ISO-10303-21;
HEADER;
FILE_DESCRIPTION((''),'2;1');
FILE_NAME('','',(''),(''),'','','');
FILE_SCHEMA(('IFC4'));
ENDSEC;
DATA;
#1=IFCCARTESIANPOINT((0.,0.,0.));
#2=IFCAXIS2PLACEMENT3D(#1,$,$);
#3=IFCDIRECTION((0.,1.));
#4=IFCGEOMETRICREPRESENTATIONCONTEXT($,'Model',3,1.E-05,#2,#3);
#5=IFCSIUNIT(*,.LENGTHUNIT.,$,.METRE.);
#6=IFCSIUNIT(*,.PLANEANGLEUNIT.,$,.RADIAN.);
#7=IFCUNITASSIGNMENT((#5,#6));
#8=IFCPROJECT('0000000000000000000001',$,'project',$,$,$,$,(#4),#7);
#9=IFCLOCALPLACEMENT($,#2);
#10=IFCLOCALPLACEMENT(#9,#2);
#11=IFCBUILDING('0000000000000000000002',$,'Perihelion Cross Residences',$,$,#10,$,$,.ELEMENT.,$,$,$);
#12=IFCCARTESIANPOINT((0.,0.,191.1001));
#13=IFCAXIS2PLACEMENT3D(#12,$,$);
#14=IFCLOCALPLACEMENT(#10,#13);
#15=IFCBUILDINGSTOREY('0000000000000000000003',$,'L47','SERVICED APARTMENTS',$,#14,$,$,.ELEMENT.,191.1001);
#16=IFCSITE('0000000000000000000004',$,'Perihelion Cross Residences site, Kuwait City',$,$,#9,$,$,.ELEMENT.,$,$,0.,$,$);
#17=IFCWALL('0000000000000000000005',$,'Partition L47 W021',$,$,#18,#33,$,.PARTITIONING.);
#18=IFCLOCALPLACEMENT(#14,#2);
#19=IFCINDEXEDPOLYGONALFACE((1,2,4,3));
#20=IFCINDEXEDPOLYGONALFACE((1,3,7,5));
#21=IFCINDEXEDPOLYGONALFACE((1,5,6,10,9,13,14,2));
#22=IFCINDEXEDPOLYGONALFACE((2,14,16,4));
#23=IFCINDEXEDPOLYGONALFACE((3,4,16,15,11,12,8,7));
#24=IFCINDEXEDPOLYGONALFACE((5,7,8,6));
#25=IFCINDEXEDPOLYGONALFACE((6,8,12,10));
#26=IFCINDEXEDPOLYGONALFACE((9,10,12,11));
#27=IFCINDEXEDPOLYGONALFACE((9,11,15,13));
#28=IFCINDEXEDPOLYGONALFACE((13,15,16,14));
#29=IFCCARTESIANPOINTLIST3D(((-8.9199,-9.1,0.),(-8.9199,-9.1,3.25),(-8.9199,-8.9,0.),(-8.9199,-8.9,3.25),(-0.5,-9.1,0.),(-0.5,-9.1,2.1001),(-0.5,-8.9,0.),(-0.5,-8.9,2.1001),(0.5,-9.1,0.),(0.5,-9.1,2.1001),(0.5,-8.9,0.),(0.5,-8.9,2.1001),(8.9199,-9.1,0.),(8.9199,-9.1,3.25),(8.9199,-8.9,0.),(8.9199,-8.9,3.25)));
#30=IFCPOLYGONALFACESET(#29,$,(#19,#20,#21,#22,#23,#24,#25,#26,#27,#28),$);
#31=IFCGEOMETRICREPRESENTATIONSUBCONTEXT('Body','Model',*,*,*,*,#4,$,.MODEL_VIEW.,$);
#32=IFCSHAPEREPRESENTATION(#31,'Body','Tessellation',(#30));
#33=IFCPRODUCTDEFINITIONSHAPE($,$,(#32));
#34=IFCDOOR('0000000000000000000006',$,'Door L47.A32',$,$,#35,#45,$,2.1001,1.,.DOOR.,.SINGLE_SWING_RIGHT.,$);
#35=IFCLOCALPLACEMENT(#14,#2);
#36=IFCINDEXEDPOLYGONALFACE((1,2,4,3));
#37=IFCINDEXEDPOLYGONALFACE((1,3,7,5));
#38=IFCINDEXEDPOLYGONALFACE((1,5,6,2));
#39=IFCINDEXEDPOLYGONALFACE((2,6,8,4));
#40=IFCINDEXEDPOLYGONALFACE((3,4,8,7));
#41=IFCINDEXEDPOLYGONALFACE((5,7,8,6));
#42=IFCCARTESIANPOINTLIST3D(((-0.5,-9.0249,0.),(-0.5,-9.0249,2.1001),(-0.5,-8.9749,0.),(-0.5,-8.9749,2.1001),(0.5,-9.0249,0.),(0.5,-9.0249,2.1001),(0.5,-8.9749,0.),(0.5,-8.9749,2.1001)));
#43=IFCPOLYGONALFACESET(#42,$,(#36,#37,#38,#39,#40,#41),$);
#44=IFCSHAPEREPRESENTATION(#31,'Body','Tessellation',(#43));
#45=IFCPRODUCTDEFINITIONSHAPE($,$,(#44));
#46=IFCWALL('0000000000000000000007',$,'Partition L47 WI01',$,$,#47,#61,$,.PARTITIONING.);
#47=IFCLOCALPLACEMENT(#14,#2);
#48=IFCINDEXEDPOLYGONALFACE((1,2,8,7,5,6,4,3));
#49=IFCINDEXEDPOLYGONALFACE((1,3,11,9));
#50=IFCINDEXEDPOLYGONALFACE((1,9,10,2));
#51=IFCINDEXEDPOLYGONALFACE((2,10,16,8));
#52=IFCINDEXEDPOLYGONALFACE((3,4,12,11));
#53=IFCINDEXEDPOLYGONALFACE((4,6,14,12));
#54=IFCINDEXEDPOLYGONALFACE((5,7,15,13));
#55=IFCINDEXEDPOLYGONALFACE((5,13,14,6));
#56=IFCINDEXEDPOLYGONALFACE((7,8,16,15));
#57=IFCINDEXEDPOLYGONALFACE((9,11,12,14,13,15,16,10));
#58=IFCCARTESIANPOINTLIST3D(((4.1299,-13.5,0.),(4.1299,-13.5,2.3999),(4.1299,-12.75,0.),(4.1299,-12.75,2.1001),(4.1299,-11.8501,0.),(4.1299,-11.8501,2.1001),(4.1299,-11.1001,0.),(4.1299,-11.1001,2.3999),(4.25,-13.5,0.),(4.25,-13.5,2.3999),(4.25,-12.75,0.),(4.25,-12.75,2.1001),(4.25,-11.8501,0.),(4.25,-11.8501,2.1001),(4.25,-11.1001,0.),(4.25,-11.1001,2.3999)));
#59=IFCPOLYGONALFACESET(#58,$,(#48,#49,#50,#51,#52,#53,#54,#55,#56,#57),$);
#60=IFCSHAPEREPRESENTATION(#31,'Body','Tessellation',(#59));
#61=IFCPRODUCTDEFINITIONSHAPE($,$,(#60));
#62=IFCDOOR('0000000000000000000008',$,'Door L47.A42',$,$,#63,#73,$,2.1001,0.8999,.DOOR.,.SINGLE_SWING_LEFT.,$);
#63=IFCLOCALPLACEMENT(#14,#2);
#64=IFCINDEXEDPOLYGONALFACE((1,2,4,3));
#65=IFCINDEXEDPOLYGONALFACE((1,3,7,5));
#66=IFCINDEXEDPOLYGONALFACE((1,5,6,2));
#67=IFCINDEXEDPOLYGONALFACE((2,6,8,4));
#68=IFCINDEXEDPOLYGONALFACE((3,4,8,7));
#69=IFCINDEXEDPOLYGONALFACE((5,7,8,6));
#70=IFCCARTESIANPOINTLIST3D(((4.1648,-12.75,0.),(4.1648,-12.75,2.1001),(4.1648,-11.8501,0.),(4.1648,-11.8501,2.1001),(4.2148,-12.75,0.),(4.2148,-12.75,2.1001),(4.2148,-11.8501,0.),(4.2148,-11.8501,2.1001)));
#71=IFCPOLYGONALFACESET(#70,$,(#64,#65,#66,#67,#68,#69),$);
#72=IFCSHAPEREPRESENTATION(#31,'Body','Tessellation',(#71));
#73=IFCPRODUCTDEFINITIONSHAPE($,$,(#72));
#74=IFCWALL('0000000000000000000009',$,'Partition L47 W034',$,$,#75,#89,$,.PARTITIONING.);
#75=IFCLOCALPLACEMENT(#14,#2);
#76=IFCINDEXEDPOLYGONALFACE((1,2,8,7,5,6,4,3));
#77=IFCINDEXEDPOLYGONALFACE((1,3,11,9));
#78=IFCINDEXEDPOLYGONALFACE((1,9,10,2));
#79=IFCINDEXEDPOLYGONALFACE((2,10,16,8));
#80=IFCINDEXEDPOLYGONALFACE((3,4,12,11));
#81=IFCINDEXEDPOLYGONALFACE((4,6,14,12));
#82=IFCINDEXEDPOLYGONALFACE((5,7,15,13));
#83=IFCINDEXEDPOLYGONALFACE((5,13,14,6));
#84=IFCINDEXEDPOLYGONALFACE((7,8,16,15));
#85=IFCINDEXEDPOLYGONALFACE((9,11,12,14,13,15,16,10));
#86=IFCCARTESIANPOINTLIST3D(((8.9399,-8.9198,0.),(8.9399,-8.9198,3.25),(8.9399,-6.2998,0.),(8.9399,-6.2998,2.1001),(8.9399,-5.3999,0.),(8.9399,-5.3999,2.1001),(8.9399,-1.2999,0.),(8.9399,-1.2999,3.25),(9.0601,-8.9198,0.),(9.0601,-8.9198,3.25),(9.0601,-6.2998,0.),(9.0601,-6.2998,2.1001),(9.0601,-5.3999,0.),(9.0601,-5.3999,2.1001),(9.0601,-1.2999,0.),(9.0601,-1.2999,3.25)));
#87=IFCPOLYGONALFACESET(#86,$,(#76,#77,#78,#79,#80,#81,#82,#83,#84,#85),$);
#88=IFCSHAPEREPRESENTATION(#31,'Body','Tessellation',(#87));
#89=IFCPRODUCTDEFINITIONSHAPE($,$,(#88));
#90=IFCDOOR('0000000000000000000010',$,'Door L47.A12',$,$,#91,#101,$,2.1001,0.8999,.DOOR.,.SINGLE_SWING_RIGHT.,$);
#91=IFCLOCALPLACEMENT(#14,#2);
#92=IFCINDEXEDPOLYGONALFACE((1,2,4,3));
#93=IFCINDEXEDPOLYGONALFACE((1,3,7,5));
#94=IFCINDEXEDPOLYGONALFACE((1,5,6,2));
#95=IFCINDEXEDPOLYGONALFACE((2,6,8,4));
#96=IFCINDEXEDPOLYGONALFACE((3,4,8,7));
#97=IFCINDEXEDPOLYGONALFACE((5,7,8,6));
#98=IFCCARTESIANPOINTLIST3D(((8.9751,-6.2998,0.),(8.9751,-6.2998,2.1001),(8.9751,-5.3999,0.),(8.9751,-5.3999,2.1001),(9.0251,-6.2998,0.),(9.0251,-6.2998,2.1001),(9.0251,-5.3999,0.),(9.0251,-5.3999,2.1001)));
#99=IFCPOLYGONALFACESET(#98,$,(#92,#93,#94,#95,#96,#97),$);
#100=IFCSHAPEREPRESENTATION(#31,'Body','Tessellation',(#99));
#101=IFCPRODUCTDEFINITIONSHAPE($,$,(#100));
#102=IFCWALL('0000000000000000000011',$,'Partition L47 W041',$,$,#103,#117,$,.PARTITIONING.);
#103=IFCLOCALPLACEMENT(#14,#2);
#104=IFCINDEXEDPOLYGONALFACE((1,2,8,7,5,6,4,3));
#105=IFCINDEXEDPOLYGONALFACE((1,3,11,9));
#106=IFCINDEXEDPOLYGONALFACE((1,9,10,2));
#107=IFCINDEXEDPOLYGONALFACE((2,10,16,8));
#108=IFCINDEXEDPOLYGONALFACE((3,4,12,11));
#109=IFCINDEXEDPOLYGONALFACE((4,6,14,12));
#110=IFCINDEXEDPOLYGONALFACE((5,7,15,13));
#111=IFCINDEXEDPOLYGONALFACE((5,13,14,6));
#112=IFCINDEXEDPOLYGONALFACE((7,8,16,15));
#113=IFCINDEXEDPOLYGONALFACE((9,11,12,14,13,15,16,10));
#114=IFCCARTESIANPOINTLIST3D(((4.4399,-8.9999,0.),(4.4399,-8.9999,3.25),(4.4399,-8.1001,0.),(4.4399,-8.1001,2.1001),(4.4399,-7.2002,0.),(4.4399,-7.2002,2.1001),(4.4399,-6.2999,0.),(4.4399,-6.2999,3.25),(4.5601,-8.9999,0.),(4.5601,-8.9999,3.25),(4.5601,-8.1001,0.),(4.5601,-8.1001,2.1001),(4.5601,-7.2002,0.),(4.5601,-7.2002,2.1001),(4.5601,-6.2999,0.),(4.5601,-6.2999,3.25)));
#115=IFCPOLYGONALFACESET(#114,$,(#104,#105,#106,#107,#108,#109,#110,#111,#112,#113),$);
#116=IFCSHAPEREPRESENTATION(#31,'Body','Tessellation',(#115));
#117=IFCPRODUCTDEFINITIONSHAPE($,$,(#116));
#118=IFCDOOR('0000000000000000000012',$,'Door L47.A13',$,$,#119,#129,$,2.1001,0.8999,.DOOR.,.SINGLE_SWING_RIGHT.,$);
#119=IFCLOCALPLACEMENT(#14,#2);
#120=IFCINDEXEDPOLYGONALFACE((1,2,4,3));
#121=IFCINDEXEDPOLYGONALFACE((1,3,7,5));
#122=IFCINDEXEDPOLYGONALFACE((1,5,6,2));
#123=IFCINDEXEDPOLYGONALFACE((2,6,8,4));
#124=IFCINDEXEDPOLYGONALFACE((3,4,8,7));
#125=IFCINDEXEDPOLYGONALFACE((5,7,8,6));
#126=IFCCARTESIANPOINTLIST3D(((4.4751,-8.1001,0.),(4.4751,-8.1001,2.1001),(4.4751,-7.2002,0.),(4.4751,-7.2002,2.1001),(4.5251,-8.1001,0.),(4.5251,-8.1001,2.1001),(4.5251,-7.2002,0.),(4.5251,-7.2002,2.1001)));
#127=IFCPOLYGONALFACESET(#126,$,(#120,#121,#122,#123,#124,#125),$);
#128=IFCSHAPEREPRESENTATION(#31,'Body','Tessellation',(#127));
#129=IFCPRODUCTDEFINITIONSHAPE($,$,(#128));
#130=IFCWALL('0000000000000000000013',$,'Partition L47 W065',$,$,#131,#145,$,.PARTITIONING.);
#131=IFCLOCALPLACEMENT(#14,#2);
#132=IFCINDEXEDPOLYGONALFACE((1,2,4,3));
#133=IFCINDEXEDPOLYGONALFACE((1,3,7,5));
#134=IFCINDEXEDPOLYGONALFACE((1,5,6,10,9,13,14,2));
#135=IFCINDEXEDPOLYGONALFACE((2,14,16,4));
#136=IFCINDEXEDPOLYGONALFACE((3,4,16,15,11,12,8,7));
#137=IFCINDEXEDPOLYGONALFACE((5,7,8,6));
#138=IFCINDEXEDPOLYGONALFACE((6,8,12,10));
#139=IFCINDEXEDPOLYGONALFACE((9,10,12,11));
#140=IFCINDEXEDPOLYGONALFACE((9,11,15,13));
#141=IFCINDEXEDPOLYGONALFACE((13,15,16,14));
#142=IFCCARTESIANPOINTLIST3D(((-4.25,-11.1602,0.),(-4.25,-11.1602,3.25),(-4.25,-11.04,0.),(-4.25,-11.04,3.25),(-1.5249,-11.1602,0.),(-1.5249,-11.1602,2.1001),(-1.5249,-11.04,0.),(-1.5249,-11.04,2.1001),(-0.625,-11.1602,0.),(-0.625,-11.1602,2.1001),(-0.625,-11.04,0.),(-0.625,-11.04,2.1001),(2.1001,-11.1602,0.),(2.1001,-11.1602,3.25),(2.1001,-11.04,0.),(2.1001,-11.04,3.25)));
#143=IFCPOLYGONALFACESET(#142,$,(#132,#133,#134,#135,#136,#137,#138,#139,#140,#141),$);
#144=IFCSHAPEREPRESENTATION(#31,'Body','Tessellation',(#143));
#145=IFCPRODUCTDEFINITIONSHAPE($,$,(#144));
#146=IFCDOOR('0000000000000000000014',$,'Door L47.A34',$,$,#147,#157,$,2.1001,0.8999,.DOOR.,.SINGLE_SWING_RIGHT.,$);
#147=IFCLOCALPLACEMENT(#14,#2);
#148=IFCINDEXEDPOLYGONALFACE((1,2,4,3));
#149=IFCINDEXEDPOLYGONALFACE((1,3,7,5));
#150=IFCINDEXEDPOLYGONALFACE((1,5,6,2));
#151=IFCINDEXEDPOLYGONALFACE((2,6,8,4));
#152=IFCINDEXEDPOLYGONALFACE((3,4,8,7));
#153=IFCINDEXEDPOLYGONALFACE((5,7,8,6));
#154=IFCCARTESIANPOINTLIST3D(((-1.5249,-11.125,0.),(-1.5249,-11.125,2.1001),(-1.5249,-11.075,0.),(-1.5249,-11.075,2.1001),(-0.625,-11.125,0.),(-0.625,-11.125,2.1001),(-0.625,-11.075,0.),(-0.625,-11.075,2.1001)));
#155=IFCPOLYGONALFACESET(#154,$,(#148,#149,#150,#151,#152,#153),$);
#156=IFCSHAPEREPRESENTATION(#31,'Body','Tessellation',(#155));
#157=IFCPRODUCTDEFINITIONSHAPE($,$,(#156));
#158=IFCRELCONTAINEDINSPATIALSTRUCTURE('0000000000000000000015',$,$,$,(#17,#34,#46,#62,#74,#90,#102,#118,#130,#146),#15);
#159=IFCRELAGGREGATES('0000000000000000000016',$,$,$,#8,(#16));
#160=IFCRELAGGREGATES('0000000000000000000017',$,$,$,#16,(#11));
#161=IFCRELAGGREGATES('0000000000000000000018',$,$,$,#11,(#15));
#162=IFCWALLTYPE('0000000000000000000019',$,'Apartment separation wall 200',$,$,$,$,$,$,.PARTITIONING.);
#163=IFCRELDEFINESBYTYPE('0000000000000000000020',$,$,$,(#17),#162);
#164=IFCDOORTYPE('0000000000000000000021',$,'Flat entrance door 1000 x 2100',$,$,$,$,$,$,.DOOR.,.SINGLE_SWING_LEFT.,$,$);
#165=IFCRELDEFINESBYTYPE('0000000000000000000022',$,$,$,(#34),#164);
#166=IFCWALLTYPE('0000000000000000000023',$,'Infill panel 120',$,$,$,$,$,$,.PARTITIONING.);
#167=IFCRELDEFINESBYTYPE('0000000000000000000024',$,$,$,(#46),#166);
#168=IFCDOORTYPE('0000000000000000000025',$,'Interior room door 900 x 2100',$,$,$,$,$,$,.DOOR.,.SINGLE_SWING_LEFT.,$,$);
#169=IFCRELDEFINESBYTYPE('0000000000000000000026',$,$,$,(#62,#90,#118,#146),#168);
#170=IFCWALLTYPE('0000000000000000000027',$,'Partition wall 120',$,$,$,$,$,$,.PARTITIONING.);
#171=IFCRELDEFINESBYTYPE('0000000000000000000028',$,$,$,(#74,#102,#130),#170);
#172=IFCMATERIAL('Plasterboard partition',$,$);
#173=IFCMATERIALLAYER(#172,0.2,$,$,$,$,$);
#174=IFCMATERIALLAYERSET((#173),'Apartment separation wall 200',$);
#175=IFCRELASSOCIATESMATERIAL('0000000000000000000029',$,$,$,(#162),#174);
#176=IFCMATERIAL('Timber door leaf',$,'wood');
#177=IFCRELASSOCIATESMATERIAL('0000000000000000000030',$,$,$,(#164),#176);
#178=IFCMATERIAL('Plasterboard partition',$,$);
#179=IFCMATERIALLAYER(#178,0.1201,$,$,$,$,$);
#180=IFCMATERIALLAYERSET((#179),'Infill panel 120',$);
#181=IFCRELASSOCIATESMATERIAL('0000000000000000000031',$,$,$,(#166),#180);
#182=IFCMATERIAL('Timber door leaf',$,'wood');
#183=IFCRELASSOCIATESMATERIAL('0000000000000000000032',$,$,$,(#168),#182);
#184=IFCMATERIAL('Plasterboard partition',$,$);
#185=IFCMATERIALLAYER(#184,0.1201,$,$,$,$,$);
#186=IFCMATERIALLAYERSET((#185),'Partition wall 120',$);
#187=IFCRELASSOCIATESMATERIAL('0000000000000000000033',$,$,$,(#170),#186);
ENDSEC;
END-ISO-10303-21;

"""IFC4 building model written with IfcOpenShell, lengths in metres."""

from ifc_helpers import new_model, si_unit, direction, frame, frame_2d, origin, place, context, subcontext, project, spatial, rectangle, extrude, material, layer, layer_set, type_object, element, fill, save


model = new_model("IFC4")

# Units and contexts
model_context = context("Model", 3, precision=1e-05, world=origin(), true_north=direction((0.0, 1.0)))
body_context = subcontext(model_context, "Body", "Model", "MODEL_VIEW")
ifc_project = project(units=[si_unit("LENGTHUNIT", "METRE"), si_unit("PLANEANGLEUNIT", "RADIAN")], contexts=[model_context])

# Site, building, storey
site_placement = place(None, origin())
site = spatial("IfcSite", under=ifc_project, at=site_placement, Name="Perihelion Cross Residences site, Kuwait City", CompositionType="ELEMENT", RefElevation=0.0)
building_placement = place(site_placement, origin())
building = spatial("IfcBuilding", under=site, at=building_placement, Name="Perihelion Cross Residences", CompositionType="ELEMENT")
storey_placement = place(building_placement, frame((0.0, 0.0, 191.1001)))
storey = spatial("IfcBuildingStorey", under=building, at=storey_placement, Name="L47", Description="SERVICED APARTMENTS", CompositionType="ELEMENT", Elevation=191.1001)

# Shared definitions
ifc_material_1 = material(Name="Plasterboard partition")
ifc_layer_1 = layer(ifc_material_1, 0.2)
ifc_layer_set_1 = layer_set([ifc_layer_1], Name="Apartment separation wall 200")
wall_type_1 = type_object("IfcWallType", Name="Apartment separation wall 200", PredefinedType="PARTITIONING", material=ifc_layer_set_1)

# Walls, openings, doors
wall_1_placement = place(storey_placement, frame((8.9199, -9.0, 0.0), z_axis=(0.0, 0.0, 1.0), x_axis=(-1.0, 0.0, 0.0)))
wall_1 = element("IfcWall", 1, at=wall_1_placement, inside=storey, type_object=wall_type_1, Name="Partition L47 W021", PredefinedType="PARTITIONING", context=body_context, shape_type="SweptSolid", body=[
    extrude(rectangle(XDim=17.8398, YDim=0.2, at=frame_2d((8.9199, 0.0))), origin(), (0.0, 0.0, 1.0), 3.25),
])
opening_1_placement = place(wall_1_placement, frame((8.4199, 0.0, 0.0)))
opening_1 = element("IfcOpeningElement", 2, at=opening_1_placement, cuts=wall_1, PredefinedType="OPENING", context=body_context, shape_type="SweptSolid", body=[
    extrude(rectangle(XDim=1.0, YDim=2.1001, at=frame_2d((0.5, 1.05))), frame((0.0, 0.1099, 0.0), z_axis=(0.0, -1.0, 0.0), x_axis=(1.0, 0.0, 0.0)), (0.0, 0.0, 1.0), 0.22),
])
ifc_material_2 = material(Name="Timber door leaf", Category="wood")
door_type_1 = type_object("IfcDoorType", Name="Flat entrance door 1000 x 2100", OperationType="SINGLE_SWING_LEFT", PredefinedType="DOOR", material=ifc_material_2)
door_1_placement = place(opening_1_placement, origin())
door_1 = element("IfcDoor", 3, at=door_1_placement, inside=storey, type_object=door_type_1, Name="Door L47.A32", OperationType="SINGLE_SWING_RIGHT", OverallHeight=2.1001, OverallWidth=1.0, PredefinedType="DOOR", context=body_context, shape_type="SweptSolid", body=[
    extrude(rectangle(XDim=1.0, YDim=2.1001, at=frame_2d((0.5, 1.05))), frame((0.0, 0.0249, 0.0), z_axis=(0.0, -1.0, 0.0), x_axis=(1.0, 0.0, 0.0)), (0.0, 0.0, 1.0), 0.05),
])
fill(opening_1, door_1)
ifc_material_3 = material(Name="Plasterboard partition")
ifc_layer_2 = layer(ifc_material_3, 0.1201)
ifc_layer_set_2 = layer_set([ifc_layer_2], Name="Infill panel 120")
wall_type_2 = type_object("IfcWallType", Name="Infill panel 120", PredefinedType="PARTITIONING", material=ifc_layer_set_2)
wall_2_placement = place(storey_placement, frame((4.1899, -11.1001, 0.0), z_axis=(0.0, 0.0, 1.0), x_axis=(0.0, -1.0, 0.0)))
wall_2 = element("IfcWall", 4, at=wall_2_placement, inside=storey, type_object=wall_type_2, Name="Partition L47 WI01", PredefinedType="PARTITIONING", context=body_context, shape_type="SweptSolid", body=[
    extrude(rectangle(XDim=2.3999, YDim=0.1201, at=frame_2d((1.2, 0.0))), origin(), (0.0, 0.0, 1.0), 2.3999),
])
opening_2_placement = place(wall_2_placement, frame((0.75, 0.0, 0.0)))
opening_2 = element("IfcOpeningElement", 5, at=opening_2_placement, cuts=wall_2, PredefinedType="OPENING", context=body_context, shape_type="SweptSolid", body=[
    extrude(rectangle(XDim=0.8999, YDim=2.1001, at=frame_2d((0.45, 1.05))), frame((0.0, 0.0701, 0.0), z_axis=(0.0, -1.0, 0.0), x_axis=(1.0, 0.0, 0.0)), (0.0, 0.0, 1.0), 0.1401),
])
ifc_material_4 = material(Name="Timber door leaf", Category="wood")
door_type_2 = type_object("IfcDoorType", Name="Interior room door 900 x 2100", OperationType="SINGLE_SWING_LEFT", PredefinedType="DOOR", material=ifc_material_4)
door_2_placement = place(opening_2_placement, origin())
door_2 = element("IfcDoor", 6, at=door_2_placement, inside=storey, type_object=door_type_2, Name="Door L47.A42", OperationType="SINGLE_SWING_LEFT", OverallHeight=2.1001, OverallWidth=0.8999, PredefinedType="DOOR", context=body_context, shape_type="SweptSolid", body=[
    extrude(rectangle(XDim=0.8999, YDim=2.1001, at=frame_2d((0.45, 1.05))), frame((0.0, 0.0249, 0.0), z_axis=(0.0, -1.0, 0.0), x_axis=(1.0, 0.0, 0.0)), (0.0, 0.0, 1.0), 0.05),
])
fill(opening_2, door_2)
ifc_material_5 = material(Name="Plasterboard partition")
ifc_layer_3 = layer(ifc_material_5, 0.1201)
ifc_layer_set_3 = layer_set([ifc_layer_3], Name="Partition wall 120")
wall_type_3 = type_object("IfcWallType", Name="Partition wall 120", PredefinedType="PARTITIONING", material=ifc_layer_set_3)
wall_3_placement = place(storey_placement, frame((9.0, -8.9199, 0.0), z_axis=(0.0, 0.0, 1.0), x_axis=(0.0, 1.0, 0.0)))
wall_3 = element("IfcWall", 7, at=wall_3_placement, inside=storey, type_object=wall_type_3, Name="Partition L47 W034", PredefinedType="PARTITIONING", context=body_context, shape_type="SweptSolid", body=[
    extrude(rectangle(XDim=7.6199, YDim=0.1201, at=frame_2d((3.8101, 0.0))), origin(), (0.0, 0.0, 1.0), 3.25),
])
opening_3_placement = place(wall_3_placement, frame((2.6201, 0.0, 0.0)))
opening_3 = element("IfcOpeningElement", 8, at=opening_3_placement, cuts=wall_3, PredefinedType="OPENING", context=body_context, shape_type="SweptSolid", body=[
    extrude(rectangle(XDim=0.8999, YDim=2.1001, at=frame_2d((0.45, 1.05))), frame((0.0, 0.0701, 0.0), z_axis=(0.0, -1.0, 0.0), x_axis=(1.0, 0.0, 0.0)), (0.0, 0.0, 1.0), 0.1401),
])
door_3_placement = place(opening_3_placement, origin())
door_3 = element("IfcDoor", 9, at=door_3_placement, inside=storey, type_object=door_type_2, Name="Door L47.A12", OperationType="SINGLE_SWING_RIGHT", OverallHeight=2.1001, OverallWidth=0.8999, PredefinedType="DOOR", context=body_context, shape_type="SweptSolid", body=[
    extrude(rectangle(XDim=0.8999, YDim=2.1001, at=frame_2d((0.45, 1.05))), frame((0.0, 0.0249, 0.0), z_axis=(0.0, -1.0, 0.0), x_axis=(1.0, 0.0, 0.0)), (0.0, 0.0, 1.0), 0.05),
])
fill(opening_3, door_3)
wall_4_placement = place(storey_placement, frame((4.5, -9.0, 0.0), z_axis=(0.0, 0.0, 1.0), x_axis=(0.0, 1.0, 0.0)))
wall_4 = element("IfcWall", 10, at=wall_4_placement, inside=storey, type_object=wall_type_3, Name="Partition L47 W041", PredefinedType="PARTITIONING", context=body_context, shape_type="SweptSolid", body=[
    extrude(rectangle(XDim=2.7, YDim=0.1201, at=frame_2d((1.3501, 0.0))), origin(), (0.0, 0.0, 1.0), 3.25),
])
opening_4_placement = place(wall_4_placement, frame((0.8999, 0.0, 0.0)))
opening_4 = element("IfcOpeningElement", 11, at=opening_4_placement, cuts=wall_4, PredefinedType="OPENING", context=body_context, shape_type="SweptSolid", body=[
    extrude(rectangle(XDim=0.8999, YDim=2.1001, at=frame_2d((0.45, 1.05))), frame((0.0, 0.0701, 0.0), z_axis=(0.0, -1.0, 0.0), x_axis=(1.0, 0.0, 0.0)), (0.0, 0.0, 1.0), 0.1401),
])
door_4_placement = place(opening_4_placement, origin())
door_4 = element("IfcDoor", 12, at=door_4_placement, inside=storey, type_object=door_type_2, Name="Door L47.A13", OperationType="SINGLE_SWING_RIGHT", OverallHeight=2.1001, OverallWidth=0.8999, PredefinedType="DOOR", context=body_context, shape_type="SweptSolid", body=[
    extrude(rectangle(XDim=0.8999, YDim=2.1001, at=frame_2d((0.45, 1.05))), frame((0.0, 0.0249, 0.0), z_axis=(0.0, -1.0, 0.0), x_axis=(1.0, 0.0, 0.0)), (0.0, 0.0, 1.0), 0.05),
])
fill(opening_4, door_4)
wall_5_placement = place(storey_placement, frame((2.1001, -11.1001, 0.0), z_axis=(0.0, 0.0, 1.0), x_axis=(-1.0, 0.0, 0.0)))
wall_5 = element("IfcWall", 13, at=wall_5_placement, inside=storey, type_object=wall_type_3, Name="Partition L47 W065", PredefinedType="PARTITIONING", context=body_context, shape_type="SweptSolid", body=[
    extrude(rectangle(XDim=6.3501, YDim=0.1201, at=frame_2d((3.175, 0.0))), origin(), (0.0, 0.0, 1.0), 3.25),
])
opening_5_placement = place(wall_5_placement, frame((2.7251, 0.0, 0.0)))
opening_5 = element("IfcOpeningElement", 14, at=opening_5_placement, cuts=wall_5, PredefinedType="OPENING", context=body_context, shape_type="SweptSolid", body=[
    extrude(rectangle(XDim=0.8999, YDim=2.1001, at=frame_2d((0.45, 1.05))), frame((0.0, 0.0701, 0.0), z_axis=(0.0, -1.0, 0.0), x_axis=(1.0, 0.0, 0.0)), (0.0, 0.0, 1.0), 0.1401),
])
door_5_placement = place(opening_5_placement, origin())
door_5 = element("IfcDoor", 15, at=door_5_placement, inside=storey, type_object=door_type_2, Name="Door L47.A34", OperationType="SINGLE_SWING_RIGHT", OverallHeight=2.1001, OverallWidth=0.8999, PredefinedType="DOOR", context=body_context, shape_type="SweptSolid", body=[
    extrude(rectangle(XDim=0.8999, YDim=2.1001, at=frame_2d((0.45, 1.05))), frame((0.0, 0.0249, 0.0), z_axis=(0.0, -1.0, 0.0), x_axis=(1.0, 0.0, 0.0)), (0.0, 0.0, 1.0), 0.05),
])
fill(opening_5, door_5)

save(model, "model.ifc")
